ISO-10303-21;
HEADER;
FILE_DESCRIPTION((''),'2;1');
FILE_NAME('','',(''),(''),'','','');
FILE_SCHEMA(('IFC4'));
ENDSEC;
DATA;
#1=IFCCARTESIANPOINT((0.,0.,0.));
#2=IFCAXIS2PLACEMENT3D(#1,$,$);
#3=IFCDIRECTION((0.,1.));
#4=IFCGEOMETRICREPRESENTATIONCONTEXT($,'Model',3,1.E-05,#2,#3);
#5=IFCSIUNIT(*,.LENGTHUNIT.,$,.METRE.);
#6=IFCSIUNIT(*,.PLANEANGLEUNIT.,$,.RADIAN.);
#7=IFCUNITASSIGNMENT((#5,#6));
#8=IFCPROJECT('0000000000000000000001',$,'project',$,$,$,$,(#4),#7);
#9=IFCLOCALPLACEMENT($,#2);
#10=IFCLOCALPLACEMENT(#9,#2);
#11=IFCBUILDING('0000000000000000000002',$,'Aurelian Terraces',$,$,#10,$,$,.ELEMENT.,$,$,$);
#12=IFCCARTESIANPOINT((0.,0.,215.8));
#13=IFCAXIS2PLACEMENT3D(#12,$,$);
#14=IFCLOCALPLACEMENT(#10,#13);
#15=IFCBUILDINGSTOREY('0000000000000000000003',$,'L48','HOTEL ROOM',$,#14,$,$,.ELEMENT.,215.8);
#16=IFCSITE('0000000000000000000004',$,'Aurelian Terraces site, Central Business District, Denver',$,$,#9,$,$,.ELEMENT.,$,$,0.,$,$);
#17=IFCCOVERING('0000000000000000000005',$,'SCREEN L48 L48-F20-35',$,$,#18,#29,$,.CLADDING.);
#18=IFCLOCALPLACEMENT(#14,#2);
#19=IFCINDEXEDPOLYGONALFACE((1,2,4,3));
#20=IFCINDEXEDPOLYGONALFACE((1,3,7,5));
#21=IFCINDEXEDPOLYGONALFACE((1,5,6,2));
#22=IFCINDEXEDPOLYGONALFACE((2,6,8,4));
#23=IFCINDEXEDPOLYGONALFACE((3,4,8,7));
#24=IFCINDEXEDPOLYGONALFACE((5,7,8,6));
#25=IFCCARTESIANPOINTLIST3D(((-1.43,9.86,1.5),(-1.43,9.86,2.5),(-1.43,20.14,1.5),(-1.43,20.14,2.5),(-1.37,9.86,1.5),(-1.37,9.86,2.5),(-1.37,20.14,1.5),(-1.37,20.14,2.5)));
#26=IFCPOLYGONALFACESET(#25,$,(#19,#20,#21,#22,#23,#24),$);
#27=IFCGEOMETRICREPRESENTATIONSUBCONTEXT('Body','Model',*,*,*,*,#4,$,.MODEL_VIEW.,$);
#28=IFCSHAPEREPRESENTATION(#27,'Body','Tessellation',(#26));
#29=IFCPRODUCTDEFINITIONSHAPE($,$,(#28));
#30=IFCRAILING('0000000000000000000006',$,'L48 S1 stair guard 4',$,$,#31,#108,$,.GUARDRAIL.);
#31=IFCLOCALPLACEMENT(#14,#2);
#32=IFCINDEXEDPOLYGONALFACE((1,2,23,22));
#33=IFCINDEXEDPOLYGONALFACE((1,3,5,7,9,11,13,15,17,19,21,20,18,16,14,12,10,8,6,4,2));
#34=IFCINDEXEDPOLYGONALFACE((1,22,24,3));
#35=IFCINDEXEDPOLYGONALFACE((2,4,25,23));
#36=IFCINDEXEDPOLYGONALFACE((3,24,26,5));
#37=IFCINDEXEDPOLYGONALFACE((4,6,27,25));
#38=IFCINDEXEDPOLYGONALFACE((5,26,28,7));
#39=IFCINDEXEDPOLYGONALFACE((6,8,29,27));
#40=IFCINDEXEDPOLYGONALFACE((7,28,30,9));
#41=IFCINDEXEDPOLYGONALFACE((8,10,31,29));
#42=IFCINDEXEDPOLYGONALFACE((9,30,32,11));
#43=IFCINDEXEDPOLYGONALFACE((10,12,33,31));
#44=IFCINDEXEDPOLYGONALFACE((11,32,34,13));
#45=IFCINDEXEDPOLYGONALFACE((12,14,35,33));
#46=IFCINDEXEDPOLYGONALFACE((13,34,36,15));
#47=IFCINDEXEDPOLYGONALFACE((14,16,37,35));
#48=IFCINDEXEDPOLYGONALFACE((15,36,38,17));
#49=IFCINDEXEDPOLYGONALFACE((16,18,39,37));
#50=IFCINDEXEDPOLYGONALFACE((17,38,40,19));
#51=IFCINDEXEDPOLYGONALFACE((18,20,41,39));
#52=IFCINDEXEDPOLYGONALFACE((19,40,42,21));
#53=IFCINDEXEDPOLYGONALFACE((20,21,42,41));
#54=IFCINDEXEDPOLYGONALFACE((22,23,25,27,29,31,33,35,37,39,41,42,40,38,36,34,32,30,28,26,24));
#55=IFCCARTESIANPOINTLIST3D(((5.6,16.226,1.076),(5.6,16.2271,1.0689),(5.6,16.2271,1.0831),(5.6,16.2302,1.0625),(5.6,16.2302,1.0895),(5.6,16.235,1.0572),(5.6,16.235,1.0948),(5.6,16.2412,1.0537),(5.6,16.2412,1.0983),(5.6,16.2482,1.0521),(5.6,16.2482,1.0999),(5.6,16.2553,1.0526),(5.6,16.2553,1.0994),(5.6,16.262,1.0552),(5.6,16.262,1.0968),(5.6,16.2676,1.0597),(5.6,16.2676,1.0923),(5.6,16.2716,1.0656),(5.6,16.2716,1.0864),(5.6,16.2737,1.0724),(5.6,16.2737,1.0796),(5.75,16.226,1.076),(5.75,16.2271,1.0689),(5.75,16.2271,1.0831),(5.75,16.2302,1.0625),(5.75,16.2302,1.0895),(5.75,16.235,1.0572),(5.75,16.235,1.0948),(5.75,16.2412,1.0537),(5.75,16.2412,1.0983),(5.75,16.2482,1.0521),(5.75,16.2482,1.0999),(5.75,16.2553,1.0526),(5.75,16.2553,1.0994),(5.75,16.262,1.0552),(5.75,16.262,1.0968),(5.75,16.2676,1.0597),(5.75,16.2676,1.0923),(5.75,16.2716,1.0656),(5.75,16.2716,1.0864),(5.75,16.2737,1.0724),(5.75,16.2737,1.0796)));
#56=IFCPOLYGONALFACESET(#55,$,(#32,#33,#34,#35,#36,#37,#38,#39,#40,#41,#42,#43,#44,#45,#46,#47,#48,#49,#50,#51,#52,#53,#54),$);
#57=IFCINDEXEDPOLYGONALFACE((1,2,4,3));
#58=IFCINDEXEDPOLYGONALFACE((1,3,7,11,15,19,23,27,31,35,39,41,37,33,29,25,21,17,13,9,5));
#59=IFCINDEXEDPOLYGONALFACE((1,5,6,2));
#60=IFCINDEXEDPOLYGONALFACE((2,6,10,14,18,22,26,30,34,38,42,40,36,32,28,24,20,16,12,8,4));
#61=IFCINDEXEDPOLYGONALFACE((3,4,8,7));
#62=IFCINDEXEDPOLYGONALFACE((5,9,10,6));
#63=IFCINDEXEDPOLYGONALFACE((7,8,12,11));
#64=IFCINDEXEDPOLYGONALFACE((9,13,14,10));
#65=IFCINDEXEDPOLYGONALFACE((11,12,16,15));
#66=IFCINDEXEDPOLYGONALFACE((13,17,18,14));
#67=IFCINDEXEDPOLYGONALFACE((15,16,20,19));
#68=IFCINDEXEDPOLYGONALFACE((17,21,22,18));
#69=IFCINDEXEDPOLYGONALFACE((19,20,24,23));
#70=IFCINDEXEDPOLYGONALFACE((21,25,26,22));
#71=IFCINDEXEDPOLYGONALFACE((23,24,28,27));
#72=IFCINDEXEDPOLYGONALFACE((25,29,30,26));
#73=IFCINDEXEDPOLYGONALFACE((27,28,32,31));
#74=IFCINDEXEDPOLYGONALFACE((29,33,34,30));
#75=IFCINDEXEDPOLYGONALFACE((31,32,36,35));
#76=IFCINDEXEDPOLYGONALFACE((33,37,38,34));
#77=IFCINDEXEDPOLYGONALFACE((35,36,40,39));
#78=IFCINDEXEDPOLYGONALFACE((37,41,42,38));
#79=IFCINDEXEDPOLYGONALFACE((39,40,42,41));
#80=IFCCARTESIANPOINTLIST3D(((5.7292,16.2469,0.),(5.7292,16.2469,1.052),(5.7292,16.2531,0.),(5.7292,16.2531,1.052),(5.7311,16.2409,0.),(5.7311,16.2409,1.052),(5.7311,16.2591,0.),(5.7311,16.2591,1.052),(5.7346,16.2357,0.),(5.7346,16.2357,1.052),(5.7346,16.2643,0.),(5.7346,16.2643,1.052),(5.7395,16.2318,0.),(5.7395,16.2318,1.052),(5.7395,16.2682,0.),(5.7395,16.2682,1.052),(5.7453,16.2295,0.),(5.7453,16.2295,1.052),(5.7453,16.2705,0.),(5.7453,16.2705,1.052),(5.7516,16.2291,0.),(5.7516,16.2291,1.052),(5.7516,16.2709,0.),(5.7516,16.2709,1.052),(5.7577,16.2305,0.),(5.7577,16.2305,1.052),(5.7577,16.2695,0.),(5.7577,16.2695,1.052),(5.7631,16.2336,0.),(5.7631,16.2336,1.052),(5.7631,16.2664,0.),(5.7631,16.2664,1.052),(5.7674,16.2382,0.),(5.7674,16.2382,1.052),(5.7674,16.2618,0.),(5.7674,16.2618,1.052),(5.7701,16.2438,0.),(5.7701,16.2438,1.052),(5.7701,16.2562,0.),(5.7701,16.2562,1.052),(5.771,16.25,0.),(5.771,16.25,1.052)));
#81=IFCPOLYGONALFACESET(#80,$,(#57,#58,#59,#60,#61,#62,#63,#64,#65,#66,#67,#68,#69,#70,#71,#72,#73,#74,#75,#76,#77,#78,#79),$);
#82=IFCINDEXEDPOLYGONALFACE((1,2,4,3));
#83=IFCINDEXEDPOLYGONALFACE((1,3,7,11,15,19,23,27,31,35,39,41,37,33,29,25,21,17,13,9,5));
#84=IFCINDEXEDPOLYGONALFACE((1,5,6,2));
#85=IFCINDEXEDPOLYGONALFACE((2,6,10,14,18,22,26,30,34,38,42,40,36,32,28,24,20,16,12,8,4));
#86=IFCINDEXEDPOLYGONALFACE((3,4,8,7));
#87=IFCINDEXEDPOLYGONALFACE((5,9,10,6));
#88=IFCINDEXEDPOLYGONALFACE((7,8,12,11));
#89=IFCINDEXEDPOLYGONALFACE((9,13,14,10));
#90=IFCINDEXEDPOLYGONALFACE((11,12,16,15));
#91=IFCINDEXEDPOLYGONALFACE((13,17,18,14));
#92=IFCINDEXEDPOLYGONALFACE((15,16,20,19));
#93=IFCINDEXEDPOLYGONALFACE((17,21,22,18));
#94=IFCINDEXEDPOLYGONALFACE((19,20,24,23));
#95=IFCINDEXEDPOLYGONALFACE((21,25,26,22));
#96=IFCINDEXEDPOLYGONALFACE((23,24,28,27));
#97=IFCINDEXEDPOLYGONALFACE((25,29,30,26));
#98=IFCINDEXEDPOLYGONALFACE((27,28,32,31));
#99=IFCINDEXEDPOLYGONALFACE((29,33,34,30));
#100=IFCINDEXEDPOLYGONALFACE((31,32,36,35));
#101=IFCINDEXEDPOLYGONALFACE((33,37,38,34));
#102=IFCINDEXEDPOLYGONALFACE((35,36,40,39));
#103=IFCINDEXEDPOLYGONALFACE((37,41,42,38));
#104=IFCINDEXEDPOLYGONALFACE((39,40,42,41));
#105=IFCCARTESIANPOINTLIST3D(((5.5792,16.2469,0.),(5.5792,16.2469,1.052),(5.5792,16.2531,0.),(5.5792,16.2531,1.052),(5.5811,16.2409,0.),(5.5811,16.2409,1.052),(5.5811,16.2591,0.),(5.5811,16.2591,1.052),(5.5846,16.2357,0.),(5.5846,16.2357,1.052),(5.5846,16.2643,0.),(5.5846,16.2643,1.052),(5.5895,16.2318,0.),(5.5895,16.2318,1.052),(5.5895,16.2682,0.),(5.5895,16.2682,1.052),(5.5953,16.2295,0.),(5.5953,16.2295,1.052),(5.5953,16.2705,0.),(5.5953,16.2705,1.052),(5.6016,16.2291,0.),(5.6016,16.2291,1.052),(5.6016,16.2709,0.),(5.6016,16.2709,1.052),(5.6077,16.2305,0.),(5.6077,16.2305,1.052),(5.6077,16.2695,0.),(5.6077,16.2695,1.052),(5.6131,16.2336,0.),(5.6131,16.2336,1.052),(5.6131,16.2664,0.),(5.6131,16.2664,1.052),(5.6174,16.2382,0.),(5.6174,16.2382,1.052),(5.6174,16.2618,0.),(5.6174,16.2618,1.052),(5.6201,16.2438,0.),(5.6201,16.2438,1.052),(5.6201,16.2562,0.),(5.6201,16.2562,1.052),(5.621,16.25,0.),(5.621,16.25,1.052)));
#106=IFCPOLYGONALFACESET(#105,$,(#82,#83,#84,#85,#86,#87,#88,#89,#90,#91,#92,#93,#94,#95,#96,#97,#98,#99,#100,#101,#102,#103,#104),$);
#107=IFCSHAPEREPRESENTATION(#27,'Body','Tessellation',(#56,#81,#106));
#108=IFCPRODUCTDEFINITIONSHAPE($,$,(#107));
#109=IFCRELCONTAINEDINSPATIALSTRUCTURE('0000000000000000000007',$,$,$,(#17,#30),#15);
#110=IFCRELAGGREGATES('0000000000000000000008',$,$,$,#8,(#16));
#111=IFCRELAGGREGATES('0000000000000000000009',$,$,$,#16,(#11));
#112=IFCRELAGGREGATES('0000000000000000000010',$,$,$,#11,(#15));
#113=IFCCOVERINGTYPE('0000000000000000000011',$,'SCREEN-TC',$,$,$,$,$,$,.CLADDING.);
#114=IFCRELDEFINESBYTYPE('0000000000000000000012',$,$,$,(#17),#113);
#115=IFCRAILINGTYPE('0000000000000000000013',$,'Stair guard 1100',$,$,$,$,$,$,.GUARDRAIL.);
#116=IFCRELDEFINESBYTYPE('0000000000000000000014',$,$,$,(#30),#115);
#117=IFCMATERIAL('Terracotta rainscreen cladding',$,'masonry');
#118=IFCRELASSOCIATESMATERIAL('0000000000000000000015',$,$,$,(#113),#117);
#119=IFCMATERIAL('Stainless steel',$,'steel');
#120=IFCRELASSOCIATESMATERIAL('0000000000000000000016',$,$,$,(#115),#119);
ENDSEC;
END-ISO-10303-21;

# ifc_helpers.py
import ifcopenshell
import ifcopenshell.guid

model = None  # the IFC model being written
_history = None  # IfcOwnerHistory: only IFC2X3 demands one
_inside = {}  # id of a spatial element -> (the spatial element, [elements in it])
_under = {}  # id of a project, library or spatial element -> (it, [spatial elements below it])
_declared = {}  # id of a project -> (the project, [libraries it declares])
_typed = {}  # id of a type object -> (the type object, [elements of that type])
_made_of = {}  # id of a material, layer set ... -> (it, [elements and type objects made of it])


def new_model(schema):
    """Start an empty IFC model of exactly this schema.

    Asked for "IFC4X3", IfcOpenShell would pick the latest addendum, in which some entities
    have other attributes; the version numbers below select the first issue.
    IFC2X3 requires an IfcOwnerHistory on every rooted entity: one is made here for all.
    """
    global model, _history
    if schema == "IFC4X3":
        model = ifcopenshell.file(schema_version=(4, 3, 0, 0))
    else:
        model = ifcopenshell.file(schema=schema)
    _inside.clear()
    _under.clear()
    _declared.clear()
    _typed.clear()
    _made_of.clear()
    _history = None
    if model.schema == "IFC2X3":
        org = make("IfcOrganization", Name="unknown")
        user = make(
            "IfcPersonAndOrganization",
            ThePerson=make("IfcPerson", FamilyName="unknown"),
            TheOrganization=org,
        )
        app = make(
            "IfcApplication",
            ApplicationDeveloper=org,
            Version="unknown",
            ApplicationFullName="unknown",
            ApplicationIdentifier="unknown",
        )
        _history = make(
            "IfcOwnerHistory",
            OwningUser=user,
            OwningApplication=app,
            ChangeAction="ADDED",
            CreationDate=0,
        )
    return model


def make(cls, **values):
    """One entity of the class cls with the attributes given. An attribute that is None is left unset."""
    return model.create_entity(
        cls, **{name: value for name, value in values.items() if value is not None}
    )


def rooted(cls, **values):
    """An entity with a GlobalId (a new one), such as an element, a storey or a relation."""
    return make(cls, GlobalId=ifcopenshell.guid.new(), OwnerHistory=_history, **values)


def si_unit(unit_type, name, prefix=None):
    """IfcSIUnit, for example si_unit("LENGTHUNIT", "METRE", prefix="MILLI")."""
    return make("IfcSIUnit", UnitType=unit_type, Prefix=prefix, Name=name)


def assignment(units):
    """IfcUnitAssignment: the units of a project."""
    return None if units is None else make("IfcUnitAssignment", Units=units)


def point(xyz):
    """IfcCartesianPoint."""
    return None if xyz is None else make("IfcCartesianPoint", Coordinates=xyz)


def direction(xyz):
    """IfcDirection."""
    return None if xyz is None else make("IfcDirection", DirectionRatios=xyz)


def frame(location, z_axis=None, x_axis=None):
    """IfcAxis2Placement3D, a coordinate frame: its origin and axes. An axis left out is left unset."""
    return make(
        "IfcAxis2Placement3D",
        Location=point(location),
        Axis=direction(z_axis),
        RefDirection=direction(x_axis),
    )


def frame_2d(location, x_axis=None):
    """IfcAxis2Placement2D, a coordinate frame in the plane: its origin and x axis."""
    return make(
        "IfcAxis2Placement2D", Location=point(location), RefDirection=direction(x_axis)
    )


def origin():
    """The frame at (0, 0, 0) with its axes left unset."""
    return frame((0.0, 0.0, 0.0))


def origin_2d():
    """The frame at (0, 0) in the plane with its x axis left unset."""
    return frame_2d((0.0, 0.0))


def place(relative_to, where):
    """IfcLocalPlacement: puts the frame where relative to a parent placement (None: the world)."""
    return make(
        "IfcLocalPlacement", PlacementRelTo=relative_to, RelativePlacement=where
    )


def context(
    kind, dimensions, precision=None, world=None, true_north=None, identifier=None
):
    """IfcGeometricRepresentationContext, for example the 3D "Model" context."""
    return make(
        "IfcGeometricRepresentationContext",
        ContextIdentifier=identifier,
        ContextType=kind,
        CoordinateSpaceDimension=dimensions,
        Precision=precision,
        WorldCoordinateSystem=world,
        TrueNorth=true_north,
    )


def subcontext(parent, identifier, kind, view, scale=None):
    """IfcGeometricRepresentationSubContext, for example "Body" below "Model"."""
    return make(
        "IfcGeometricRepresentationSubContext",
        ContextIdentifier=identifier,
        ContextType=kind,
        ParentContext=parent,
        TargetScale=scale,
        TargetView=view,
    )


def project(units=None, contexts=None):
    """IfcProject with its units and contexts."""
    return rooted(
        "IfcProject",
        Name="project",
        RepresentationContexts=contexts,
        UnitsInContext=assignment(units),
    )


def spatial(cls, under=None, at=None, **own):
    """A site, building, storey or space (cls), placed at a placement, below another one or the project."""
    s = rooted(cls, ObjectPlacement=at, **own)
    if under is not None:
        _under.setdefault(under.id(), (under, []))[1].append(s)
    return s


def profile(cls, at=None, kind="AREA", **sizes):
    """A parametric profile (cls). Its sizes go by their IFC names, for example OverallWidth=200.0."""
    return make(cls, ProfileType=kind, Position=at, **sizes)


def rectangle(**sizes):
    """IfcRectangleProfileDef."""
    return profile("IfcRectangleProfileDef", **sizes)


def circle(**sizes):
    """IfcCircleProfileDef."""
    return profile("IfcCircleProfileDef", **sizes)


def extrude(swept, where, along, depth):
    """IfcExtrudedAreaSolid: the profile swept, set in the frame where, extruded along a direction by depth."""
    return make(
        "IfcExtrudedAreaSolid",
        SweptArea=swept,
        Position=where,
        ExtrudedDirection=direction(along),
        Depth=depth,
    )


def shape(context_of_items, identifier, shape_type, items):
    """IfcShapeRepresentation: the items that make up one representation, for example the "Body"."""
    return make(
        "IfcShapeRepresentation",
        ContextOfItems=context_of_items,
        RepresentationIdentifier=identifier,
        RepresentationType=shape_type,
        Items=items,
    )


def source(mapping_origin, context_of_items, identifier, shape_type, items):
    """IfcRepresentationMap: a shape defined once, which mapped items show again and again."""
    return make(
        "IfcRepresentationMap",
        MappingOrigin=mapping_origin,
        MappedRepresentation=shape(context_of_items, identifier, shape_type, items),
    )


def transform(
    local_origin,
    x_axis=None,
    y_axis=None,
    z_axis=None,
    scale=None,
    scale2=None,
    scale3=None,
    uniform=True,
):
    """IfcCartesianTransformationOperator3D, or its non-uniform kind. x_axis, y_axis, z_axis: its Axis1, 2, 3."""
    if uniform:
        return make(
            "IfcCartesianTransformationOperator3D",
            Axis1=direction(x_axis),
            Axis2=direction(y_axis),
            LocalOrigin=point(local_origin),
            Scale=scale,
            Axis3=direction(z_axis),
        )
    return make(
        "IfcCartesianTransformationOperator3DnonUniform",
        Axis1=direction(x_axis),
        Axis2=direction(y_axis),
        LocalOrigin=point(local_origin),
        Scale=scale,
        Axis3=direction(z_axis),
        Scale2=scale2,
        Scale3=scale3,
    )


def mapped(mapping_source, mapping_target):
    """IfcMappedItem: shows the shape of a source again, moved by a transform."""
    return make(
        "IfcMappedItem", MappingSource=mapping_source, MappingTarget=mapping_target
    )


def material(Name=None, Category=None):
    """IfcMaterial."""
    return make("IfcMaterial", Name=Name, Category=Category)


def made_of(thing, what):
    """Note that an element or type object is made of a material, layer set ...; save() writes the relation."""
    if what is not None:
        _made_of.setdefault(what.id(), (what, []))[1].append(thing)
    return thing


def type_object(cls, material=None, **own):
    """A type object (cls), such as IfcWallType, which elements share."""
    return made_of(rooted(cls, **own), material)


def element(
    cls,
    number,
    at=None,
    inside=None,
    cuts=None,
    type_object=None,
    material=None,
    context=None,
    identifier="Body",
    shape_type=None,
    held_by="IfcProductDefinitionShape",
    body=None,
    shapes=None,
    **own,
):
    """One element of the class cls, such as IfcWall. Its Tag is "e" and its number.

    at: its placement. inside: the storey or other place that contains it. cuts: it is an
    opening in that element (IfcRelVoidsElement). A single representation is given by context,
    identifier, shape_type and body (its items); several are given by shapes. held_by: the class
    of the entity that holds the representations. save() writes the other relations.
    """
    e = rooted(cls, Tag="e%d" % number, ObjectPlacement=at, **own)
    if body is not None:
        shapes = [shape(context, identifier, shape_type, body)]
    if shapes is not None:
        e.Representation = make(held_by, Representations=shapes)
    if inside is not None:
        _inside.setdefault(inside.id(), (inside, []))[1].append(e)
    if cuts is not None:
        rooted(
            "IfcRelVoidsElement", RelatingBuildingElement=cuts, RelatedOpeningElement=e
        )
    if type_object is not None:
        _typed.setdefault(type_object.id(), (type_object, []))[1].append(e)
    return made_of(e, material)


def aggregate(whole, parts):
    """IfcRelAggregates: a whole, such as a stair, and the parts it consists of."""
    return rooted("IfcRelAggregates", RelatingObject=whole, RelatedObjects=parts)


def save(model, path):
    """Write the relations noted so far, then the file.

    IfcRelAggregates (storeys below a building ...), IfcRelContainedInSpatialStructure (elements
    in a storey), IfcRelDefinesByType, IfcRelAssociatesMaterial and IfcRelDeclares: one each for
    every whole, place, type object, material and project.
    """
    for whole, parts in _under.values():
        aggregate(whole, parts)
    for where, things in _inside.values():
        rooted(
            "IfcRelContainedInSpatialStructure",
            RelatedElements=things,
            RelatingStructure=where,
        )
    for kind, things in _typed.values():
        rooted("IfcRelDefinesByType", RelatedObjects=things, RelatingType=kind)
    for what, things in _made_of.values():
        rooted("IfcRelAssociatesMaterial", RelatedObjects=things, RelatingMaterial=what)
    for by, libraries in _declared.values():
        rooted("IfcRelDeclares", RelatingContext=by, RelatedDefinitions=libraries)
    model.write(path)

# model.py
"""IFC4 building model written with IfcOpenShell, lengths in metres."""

from ifc_helpers import new_model, si_unit, direction, frame, origin, origin_2d, place, context, subcontext, project, spatial, rectangle, circle, extrude, source, transform, mapped, material, type_object, element, save


model = new_model("IFC4")

# Units and contexts
model_context = context("Model", 3, precision=1e-05, world=origin(), true_north=direction((0.0, 1.0)))
body_context = subcontext(model_context, "Body", "Model", "MODEL_VIEW")
ifc_project = project(units=[si_unit("LENGTHUNIT", "METRE"), si_unit("PLANEANGLEUNIT", "RADIAN")], contexts=[model_context])

# Site, building, storey
site_placement = place(None, origin())
site = spatial("IfcSite", under=ifc_project, at=site_placement, Name="Aurelian Terraces site, Central Business District, Denver", CompositionType="ELEMENT", RefElevation=0.0)
building_placement = place(site_placement, origin())
building = spatial("IfcBuilding", under=site, at=building_placement, Name="Aurelian Terraces", CompositionType="ELEMENT")
storey_placement = place(building_placement, frame((0.0, 0.0, 215.8)))
storey = spatial("IfcBuildingStorey", under=building, at=storey_placement, Name="L48", Description="HOTEL ROOM", CompositionType="ELEMENT", Elevation=215.8)

# Shared definitions
ifc_material_1 = material(Name="Stainless steel", Category="steel")

# Covering
ifc_material_2 = material(Name="Terracotta rainscreen cladding", Category="masonry")
covering_type_1 = type_object("IfcCoveringType", Name="SCREEN-TC", PredefinedType="CLADDING", material=ifc_material_2)
shared_shape_1 = source(origin(), body_context, "Body", "SweptSolid", [
    extrude(rectangle(XDim=0.06, YDim=10.28, at=origin_2d()), origin(), (0.0, 0.0, 1.0), 1.0),
])
covering_1_placement = place(storey_placement, frame((-1.4, 15.0, 1.5), z_axis=(0.0, 0.0, 1.0), x_axis=(1.0, 0.0, 0.0)))
element("IfcCovering", 1, at=covering_1_placement, inside=storey, type_object=covering_type_1, Name="SCREEN L48 L48-F20-35", PredefinedType="CLADDING", context=body_context, shape_type="MappedRepresentation", body=[
    mapped(shared_shape_1, transform((0.0, 0.0, 0.0), scale=1.0)),
])

# Railing
railing_type_1 = type_object("IfcRailingType", Name="Stair guard 1100", PredefinedType="GUARDRAIL", material=ifc_material_1)
shared_shape_2 = source(origin(), body_context, "Body", "SweptSolid", [
    extrude(circle(Radius=0.024, at=origin_2d()), frame((0.0, 0.0, 1.076), z_axis=(-1.0, 0.0, 0.0), x_axis=(0.0, -1.0, 0.0)), (0.0, 0.0, 1.0), 0.15),
    extrude(circle(Radius=0.021, at=origin_2d()), origin(), (0.0, 0.0, 1.0), 1.052),
    extrude(circle(Radius=0.021, at=origin_2d()), frame((-0.15, 0.0, 0.0)), (0.0, 0.0, 1.0), 1.052),
])
railing_1_placement = place(storey_placement, frame((5.75, 16.25, 0.0)))
element("IfcRailing", 2, at=railing_1_placement, inside=storey, type_object=railing_type_1, Name="L48 S1 stair guard 4", PredefinedType="GUARDRAIL", context=body_context, shape_type="MappedRepresentation", body=[
    mapped(shared_shape_2, transform((0.0, 0.0, 0.0), scale=1.0)),
])

save(model, "model.ifc")
